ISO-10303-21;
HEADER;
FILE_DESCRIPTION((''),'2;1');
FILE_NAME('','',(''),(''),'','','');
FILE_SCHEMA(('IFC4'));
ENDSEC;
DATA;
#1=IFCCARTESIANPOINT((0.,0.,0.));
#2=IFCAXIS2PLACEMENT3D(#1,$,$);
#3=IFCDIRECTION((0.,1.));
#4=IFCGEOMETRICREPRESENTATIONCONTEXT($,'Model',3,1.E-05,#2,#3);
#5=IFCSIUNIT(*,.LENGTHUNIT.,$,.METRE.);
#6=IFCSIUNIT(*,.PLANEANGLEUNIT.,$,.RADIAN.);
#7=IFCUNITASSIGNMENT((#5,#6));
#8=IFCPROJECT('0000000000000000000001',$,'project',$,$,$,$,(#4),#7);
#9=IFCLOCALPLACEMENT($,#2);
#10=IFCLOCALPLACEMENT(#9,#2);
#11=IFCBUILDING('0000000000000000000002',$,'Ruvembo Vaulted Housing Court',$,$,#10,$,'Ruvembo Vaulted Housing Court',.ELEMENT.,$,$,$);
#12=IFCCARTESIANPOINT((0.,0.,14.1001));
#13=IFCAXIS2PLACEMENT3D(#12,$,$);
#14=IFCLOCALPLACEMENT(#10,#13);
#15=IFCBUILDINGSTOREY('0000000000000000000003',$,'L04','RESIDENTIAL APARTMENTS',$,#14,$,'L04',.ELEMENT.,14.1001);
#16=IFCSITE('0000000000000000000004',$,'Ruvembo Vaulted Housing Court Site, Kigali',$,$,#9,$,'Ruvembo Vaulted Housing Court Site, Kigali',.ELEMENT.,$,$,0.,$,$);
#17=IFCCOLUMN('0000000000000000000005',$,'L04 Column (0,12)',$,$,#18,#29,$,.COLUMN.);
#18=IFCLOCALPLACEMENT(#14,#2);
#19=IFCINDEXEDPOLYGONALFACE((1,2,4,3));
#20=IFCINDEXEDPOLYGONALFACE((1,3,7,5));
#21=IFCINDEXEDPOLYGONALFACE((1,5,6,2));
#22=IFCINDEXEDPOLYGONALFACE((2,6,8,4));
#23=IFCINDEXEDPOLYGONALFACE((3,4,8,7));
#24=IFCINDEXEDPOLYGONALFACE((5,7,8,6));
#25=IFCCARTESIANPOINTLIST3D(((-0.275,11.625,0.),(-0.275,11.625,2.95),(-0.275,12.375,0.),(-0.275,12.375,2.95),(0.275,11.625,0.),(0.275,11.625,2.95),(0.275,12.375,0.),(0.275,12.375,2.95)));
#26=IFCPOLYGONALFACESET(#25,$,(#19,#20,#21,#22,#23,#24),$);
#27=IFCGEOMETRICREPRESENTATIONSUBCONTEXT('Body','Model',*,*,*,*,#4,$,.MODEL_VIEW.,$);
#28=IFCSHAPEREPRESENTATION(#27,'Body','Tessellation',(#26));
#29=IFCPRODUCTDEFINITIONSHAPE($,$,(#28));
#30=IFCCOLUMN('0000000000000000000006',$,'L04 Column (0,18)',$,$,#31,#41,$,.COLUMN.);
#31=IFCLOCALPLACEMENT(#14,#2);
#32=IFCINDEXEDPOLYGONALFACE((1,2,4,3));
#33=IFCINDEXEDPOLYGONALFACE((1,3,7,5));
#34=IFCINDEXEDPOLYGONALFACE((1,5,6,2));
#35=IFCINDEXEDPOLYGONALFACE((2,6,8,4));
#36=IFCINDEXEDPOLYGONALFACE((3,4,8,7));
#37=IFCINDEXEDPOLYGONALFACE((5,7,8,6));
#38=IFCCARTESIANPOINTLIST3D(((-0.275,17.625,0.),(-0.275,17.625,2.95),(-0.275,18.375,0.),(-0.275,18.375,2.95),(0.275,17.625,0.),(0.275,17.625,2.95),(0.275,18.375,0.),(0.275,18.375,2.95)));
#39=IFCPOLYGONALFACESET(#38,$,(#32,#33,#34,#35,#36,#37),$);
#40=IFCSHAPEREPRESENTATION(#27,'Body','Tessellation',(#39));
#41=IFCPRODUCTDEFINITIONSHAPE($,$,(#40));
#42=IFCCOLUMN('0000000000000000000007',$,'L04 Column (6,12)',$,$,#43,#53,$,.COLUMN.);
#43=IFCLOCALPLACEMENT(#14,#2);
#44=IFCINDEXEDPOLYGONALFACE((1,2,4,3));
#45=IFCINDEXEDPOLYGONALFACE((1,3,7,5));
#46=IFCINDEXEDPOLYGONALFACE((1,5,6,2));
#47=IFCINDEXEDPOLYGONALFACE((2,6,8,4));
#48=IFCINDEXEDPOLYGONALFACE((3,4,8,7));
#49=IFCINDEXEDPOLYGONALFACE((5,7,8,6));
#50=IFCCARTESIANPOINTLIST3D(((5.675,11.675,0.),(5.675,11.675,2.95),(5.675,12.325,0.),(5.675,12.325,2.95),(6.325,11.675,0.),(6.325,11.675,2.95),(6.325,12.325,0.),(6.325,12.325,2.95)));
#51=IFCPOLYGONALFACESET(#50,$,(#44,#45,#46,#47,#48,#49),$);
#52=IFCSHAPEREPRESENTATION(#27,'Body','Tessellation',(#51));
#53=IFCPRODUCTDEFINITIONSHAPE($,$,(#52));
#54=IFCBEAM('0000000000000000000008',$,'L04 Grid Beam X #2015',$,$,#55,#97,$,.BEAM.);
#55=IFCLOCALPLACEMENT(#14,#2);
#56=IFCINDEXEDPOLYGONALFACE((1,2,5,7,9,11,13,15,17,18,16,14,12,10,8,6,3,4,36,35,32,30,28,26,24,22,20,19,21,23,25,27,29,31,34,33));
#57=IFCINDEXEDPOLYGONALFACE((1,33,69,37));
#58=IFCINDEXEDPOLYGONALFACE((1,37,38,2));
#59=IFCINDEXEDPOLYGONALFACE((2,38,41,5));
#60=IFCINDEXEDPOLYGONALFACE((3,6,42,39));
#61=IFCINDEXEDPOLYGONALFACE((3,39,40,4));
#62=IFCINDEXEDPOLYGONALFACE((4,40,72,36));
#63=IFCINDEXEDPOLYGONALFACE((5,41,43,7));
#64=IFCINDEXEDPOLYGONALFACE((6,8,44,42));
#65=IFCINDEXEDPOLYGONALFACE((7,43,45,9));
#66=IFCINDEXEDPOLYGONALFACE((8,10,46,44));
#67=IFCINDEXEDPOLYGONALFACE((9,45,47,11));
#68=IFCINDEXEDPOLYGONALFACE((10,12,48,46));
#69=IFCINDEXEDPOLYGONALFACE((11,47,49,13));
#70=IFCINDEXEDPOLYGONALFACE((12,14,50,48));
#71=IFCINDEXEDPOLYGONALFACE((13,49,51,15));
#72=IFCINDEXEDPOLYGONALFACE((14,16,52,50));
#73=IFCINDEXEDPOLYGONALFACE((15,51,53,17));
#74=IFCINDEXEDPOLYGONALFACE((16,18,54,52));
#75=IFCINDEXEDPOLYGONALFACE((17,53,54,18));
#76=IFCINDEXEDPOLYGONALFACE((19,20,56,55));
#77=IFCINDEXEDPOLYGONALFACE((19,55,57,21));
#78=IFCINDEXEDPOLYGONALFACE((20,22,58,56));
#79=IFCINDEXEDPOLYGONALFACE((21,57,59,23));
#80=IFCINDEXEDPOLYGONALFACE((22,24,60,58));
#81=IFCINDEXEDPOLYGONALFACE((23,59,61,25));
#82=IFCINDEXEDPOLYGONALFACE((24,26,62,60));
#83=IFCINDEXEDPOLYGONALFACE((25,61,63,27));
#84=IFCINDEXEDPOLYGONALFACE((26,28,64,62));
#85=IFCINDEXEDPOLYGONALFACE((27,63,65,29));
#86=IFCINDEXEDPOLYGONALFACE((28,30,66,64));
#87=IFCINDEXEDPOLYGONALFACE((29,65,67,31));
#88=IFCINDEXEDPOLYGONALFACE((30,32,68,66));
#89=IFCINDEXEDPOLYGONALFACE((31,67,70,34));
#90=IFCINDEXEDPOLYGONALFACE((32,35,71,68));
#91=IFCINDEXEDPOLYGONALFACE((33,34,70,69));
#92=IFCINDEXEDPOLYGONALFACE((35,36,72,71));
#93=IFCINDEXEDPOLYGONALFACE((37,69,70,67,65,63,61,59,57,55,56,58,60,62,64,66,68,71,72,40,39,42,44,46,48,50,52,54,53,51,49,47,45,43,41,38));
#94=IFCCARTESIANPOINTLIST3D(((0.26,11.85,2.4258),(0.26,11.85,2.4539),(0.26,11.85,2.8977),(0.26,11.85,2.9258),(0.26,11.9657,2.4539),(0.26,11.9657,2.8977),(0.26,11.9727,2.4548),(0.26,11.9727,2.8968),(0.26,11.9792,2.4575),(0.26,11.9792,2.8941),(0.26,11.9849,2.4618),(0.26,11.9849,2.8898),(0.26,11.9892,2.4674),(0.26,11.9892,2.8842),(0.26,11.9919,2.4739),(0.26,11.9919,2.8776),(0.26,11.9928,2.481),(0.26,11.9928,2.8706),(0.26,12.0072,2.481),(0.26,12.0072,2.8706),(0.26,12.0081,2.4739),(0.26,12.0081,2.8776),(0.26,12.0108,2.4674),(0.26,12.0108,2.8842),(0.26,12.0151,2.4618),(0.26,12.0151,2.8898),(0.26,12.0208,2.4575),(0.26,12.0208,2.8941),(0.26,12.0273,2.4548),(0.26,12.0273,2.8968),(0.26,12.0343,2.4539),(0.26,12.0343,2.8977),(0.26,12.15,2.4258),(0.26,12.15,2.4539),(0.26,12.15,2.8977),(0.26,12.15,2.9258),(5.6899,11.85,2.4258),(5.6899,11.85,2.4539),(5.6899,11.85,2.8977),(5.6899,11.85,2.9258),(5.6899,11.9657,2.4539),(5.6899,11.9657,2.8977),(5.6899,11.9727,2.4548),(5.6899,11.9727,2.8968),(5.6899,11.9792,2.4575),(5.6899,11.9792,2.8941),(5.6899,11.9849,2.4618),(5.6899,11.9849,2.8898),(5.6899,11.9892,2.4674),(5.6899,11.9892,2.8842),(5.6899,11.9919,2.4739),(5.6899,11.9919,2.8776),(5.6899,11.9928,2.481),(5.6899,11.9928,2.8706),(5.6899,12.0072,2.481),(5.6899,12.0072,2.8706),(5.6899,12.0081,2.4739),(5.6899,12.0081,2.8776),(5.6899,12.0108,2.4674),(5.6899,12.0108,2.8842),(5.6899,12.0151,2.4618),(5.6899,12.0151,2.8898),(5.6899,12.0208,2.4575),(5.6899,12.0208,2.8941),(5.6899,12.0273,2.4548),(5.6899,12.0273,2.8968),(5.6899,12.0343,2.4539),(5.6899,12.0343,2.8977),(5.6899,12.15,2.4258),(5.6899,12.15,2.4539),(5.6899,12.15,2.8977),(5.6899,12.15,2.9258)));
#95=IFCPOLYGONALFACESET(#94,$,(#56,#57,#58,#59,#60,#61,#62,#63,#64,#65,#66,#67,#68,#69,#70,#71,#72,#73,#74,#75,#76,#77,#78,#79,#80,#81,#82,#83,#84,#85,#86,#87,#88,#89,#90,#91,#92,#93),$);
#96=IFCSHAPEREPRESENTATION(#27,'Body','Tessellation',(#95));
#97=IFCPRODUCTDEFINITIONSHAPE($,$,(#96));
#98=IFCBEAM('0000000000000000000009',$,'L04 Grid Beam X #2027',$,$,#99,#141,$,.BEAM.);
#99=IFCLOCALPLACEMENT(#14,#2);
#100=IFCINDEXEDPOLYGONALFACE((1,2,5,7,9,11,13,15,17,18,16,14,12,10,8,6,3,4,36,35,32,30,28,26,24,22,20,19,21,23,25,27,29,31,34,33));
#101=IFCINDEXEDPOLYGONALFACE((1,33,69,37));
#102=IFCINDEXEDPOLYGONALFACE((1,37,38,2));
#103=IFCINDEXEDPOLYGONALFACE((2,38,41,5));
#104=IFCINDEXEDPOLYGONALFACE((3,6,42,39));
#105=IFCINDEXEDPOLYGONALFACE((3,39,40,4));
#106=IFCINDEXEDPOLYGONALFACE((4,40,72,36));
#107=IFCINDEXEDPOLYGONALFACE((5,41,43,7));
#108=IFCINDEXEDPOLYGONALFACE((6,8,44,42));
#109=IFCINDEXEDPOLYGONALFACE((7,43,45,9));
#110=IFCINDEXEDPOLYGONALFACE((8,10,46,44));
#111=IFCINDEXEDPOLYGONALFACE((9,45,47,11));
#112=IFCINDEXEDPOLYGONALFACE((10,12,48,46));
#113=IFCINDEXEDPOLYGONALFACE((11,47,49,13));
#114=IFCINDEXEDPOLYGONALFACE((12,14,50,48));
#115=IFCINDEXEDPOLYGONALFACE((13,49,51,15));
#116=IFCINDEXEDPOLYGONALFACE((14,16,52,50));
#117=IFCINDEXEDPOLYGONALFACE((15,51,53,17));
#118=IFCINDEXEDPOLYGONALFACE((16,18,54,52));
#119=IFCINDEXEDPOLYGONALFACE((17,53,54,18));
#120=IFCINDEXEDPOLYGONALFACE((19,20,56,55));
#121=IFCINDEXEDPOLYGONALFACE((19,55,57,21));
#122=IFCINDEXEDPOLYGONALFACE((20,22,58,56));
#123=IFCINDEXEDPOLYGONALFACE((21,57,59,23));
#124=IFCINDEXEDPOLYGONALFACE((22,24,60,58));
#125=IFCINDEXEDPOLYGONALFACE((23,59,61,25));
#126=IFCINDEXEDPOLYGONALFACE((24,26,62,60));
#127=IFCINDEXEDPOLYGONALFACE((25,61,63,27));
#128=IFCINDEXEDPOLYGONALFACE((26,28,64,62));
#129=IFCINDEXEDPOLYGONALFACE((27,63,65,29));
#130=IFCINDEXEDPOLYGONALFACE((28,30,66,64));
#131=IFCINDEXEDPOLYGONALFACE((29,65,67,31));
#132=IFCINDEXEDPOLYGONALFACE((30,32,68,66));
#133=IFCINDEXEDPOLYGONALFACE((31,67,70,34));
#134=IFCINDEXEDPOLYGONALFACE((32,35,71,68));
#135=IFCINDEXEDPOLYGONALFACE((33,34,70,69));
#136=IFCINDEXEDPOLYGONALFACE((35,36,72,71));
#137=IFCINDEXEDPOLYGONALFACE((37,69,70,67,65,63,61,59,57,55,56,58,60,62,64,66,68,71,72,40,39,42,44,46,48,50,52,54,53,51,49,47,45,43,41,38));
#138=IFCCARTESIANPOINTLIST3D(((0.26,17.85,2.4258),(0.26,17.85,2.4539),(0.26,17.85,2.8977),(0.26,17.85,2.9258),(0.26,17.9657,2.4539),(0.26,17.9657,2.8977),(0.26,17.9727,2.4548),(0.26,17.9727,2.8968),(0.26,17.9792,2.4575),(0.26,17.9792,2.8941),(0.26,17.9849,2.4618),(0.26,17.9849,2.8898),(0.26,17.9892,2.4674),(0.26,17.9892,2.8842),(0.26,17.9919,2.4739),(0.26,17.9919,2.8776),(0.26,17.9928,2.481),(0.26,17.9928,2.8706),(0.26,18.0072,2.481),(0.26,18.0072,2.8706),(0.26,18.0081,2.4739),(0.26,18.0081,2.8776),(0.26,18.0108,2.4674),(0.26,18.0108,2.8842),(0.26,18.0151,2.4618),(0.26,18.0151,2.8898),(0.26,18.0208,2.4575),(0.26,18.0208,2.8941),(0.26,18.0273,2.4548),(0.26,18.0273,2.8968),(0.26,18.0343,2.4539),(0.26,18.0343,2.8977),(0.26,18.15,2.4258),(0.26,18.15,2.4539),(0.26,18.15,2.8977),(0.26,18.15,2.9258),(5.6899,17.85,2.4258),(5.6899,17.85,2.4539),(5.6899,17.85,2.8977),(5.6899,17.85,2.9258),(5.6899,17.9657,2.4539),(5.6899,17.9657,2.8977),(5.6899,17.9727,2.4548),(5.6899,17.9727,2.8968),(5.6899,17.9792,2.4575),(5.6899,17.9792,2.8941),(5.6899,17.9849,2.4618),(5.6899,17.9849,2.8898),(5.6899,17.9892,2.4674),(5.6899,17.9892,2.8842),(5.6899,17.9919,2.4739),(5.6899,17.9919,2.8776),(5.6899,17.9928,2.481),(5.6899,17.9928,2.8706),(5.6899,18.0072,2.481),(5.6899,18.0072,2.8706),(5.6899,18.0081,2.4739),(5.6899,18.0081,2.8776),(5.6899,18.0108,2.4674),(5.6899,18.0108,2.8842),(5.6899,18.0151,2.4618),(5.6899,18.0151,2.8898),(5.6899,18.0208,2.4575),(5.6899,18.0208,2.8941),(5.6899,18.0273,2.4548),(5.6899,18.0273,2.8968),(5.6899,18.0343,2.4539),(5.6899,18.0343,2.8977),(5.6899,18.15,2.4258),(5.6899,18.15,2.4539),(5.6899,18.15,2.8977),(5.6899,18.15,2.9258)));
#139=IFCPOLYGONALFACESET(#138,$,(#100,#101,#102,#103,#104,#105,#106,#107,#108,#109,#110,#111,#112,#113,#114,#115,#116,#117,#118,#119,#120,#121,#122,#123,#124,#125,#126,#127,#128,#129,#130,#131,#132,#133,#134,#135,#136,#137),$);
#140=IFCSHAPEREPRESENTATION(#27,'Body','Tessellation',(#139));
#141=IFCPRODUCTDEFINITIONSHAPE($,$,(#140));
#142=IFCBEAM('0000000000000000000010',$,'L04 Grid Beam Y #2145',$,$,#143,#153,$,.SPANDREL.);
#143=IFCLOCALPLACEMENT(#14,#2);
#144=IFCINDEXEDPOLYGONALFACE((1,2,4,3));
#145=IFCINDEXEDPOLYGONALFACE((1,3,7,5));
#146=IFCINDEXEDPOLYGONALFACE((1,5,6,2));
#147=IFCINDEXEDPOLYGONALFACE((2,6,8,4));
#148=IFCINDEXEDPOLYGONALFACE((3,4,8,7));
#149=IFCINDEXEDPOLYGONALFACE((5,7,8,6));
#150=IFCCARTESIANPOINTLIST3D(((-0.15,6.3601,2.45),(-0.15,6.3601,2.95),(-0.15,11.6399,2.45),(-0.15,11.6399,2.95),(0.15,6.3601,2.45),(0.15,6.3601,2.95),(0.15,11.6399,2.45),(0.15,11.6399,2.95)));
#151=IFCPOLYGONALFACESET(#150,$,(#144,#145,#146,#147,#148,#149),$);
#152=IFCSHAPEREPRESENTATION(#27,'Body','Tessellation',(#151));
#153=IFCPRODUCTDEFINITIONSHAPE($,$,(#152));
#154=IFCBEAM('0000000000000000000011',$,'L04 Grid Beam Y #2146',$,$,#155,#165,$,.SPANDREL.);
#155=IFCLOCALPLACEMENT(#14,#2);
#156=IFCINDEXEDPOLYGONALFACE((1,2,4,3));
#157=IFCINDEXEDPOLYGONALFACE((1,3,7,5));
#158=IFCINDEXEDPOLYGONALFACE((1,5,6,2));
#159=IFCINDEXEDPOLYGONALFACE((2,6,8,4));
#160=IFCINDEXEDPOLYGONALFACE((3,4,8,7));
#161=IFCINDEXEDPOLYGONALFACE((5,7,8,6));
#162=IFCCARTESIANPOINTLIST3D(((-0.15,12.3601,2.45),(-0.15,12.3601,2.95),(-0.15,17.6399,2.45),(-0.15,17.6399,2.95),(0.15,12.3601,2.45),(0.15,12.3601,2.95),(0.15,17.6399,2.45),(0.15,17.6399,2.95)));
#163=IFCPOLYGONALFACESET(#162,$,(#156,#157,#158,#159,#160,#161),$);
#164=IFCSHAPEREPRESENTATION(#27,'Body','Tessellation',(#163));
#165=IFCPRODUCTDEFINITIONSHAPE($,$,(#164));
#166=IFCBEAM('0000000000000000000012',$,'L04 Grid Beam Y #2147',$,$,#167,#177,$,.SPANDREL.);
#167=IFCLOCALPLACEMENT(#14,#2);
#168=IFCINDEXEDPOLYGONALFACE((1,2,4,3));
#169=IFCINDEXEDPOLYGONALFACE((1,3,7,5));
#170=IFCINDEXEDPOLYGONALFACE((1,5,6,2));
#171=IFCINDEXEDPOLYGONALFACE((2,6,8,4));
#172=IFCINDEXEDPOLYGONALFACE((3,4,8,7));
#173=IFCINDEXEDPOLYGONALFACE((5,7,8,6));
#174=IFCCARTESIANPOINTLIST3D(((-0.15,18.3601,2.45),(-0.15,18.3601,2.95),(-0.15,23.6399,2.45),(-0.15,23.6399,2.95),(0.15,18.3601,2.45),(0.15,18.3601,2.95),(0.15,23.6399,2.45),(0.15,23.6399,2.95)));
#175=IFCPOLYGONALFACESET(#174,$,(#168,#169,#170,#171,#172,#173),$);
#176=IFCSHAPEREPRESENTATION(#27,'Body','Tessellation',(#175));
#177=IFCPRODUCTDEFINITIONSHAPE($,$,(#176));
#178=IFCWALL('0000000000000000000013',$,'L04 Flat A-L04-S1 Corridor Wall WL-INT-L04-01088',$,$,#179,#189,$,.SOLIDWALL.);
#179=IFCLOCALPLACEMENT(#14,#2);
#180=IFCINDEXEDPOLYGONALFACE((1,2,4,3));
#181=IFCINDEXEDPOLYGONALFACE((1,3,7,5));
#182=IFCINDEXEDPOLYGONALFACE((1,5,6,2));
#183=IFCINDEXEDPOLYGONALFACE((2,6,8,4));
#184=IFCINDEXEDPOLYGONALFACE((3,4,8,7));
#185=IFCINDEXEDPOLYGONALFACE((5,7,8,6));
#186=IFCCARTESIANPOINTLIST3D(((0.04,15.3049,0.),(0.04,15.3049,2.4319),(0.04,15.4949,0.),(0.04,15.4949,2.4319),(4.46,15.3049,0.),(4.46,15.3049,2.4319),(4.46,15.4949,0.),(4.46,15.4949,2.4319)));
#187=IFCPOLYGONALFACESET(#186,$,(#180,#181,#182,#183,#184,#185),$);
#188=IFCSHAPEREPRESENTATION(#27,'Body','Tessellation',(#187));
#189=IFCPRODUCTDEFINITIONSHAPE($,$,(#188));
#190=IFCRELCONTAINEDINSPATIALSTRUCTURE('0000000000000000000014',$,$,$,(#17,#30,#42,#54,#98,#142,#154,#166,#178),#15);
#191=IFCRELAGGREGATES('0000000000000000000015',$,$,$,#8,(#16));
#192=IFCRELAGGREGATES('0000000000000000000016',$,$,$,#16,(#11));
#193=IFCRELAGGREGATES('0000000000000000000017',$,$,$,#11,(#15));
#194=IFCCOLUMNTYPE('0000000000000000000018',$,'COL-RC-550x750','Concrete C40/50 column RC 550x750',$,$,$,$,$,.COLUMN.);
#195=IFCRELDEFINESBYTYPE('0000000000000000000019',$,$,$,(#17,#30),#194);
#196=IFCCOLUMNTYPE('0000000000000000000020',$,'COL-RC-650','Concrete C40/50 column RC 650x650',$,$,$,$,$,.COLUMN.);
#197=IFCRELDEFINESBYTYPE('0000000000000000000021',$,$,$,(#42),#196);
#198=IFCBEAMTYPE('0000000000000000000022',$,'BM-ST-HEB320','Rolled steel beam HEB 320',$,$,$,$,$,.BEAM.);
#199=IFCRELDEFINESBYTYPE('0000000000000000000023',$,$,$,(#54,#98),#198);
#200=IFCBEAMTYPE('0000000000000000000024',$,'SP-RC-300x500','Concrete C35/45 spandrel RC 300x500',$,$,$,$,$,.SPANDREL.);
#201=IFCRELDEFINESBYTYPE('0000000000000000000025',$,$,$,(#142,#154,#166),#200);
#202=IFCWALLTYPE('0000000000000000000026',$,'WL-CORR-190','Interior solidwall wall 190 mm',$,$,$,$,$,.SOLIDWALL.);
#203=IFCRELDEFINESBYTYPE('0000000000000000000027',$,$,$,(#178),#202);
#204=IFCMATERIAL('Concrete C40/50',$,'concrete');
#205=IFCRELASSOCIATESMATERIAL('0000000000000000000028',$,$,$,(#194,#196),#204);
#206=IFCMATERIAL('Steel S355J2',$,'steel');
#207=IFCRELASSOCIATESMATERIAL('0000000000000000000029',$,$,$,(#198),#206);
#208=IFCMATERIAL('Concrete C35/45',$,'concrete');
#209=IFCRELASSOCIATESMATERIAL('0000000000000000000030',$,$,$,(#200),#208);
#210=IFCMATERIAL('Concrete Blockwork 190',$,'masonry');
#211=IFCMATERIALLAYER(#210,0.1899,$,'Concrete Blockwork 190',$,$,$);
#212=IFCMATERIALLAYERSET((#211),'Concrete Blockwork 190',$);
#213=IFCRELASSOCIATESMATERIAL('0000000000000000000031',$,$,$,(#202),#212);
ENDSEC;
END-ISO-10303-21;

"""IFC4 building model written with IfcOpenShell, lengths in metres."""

from ifc_helpers import new_model, si_unit, direction, frame, frame_2d, origin, origin_2d, place, context, subcontext, project, spatial, rectangle, i_section, extrude, material, layer, layer_set, material_profile, profile_set, type_object, element, save


model = new_model("IFC4")

# Units and contexts
model_context = context("Model", 3, precision=1e-05, world=origin(), true_north=direction((0.0, 1.0)))
body_context = subcontext(model_context, "Body", "Model", "MODEL_VIEW")
ifc_project = project(units=[si_unit("LENGTHUNIT", "METRE"), si_unit("PLANEANGLEUNIT", "RADIAN")], contexts=[model_context])

# Site, building, storey
site_placement = place(None, origin())
site = spatial("IfcSite", under=ifc_project, at=site_placement, Name="Ruvembo Vaulted Housing Court Site, Kigali", LongName="Ruvembo Vaulted Housing Court Site, Kigali", CompositionType="ELEMENT", RefElevation=0.0)
building_placement = place(site_placement, origin())
building = spatial("IfcBuilding", under=site, at=building_placement, Name="Ruvembo Vaulted Housing Court", LongName="Ruvembo Vaulted Housing Court", CompositionType="ELEMENT")
storey_placement = place(building_placement, frame((0.0, 0.0, 14.1001)))
storey = spatial("IfcBuildingStorey", under=building, at=storey_placement, Name="L04", Description="RESIDENTIAL APARTMENTS", LongName="L04", CompositionType="ELEMENT", Elevation=14.1001)

# Columns
ifc_material_1 = material(Name="Concrete C40/50", Category="concrete")
ifc_material_profile_1 = material_profile(ifc_material_1, rectangle(XDim=0.55, YDim=0.75, at=origin_2d()), Name="RC 550x750")
ifc_profile_set_1 = profile_set([ifc_material_profile_1], Name="Concrete C40/50")
column_type_1 = type_object("IfcColumnType", Name="COL-RC-550x750", Description="Concrete C40/50 column RC 550x750", PredefinedType="COLUMN", material=ifc_profile_set_1)
for number, where, z_axis, x_axis, name in (
    (1, (0.0, 12.0, 0.0), (0.0, 0.0, 1.0), (1.0, 0.0, 0.0), "L04 Column (0,12)"),
    (2, (0.0, 18.0, 0.0), (0.0, 0.0, 1.0), (1.0, 0.0, 0.0), "L04 Column (0,18)"),
):
    element("IfcColumn", number, at=place(storey_placement, frame(where, z_axis=z_axis, x_axis=x_axis)), inside=storey, type_object=column_type_1, Name=name, PredefinedType="COLUMN", context=body_context, shape_type="SweptSolid", body=[
        extrude(rectangle(XDim=0.55, YDim=0.75, at=origin_2d()), origin(), (0.0, 0.0, 1.0), 2.95),
    ])
ifc_material_profile_2 = material_profile(ifc_material_1, rectangle(XDim=0.6499, YDim=0.6499, at=origin_2d()), Name="RC 650x650")
ifc_profile_set_2 = profile_set([ifc_material_profile_2], Name="Concrete C40/50")
column_type_2 = type_object("IfcColumnType", Name="COL-RC-650", Description="Concrete C40/50 column RC 650x650", PredefinedType="COLUMN", material=ifc_profile_set_2)
column_placement = place(storey_placement, frame((6.0, 12.0, 0.0), z_axis=(0.0, 0.0, 1.0), x_axis=(1.0, 0.0, 0.0)))
element("IfcColumn", 3, at=column_placement, inside=storey, type_object=column_type_2, Name="L04 Column (6,12)", PredefinedType="COLUMN", context=body_context, shape_type="SweptSolid", body=[
    extrude(rectangle(XDim=0.6499, YDim=0.6499, at=origin_2d()), origin(), (0.0, 0.0, 1.0), 2.95),
])

# Beams
ifc_material_2 = material(Name="Steel S355J2", Category="steel")
ifc_material_profile_3 = material_profile(ifc_material_2, i_section(OverallWidth=0.3, OverallDepth=0.5, WebThickness=0.0144, FlangeThickness=0.0281, FilletRadius=0.0271, at=origin_2d()), Name="HEB 320")
ifc_profile_set_3 = profile_set([ifc_material_profile_3], Name="Steel S355J2")
beam_type_1 = type_object("IfcBeamType", Name="BM-ST-HEB320", Description="Rolled steel beam HEB 320", PredefinedType="BEAM", material=ifc_profile_set_3)
for number, where, z_axis, x_axis, name in (
    (4, (0.26, 12.0, 2.6758), (1.0, 0.0, 0.0), (0.0, 1.0, 0.0), "L04 Grid Beam X #2015"),
    (5, (0.26, 18.0, 2.6758), (1.0, 0.0, 0.0), (0.0, 1.0, 0.0), "L04 Grid Beam X #2027"),
):
    element("IfcBeam", number, at=place(storey_placement, frame(where, z_axis=z_axis, x_axis=x_axis)), inside=storey, type_object=beam_type_1, Name=name, PredefinedType="BEAM", context=body_context, shape_type="SweptSolid", body=[
        extrude(i_section(OverallWidth=0.3, OverallDepth=0.5, WebThickness=0.0144, FlangeThickness=0.0281, FilletRadius=0.0271, at=origin_2d()), origin(), (0.0, 0.0, 1.0), 5.4299),
    ])
ifc_material_3 = material(Name="Concrete C35/45", Category="concrete")
ifc_material_profile_4 = material_profile(ifc_material_3, rectangle(XDim=0.3, YDim=0.5, at=origin_2d()), Name="RC 300x500")
ifc_profile_set_4 = profile_set([ifc_material_profile_4], Name="Concrete C35/45")
beam_type_2 = type_object("IfcBeamType", Name="SP-RC-300x500", Description="Concrete C35/45 spandrel RC 300x500", PredefinedType="SPANDREL", material=ifc_profile_set_4)
for number, where, z_axis, x_axis, name in (
    (6, (0.0, 6.3601, 2.7), (0.0, 1.0, 0.0), (-1.0, 0.0, 0.0), "L04 Grid Beam Y #2145"),
    (7, (0.0, 12.3601, 2.7), (0.0, 1.0, 0.0), (-1.0, 0.0, 0.0), "L04 Grid Beam Y #2146"),
    (8, (0.0, 18.3601, 2.7), (0.0, 1.0, 0.0), (-1.0, 0.0, 0.0), "L04 Grid Beam Y #2147"),
):
    element("IfcBeam", number, at=place(storey_placement, frame(where, z_axis=z_axis, x_axis=x_axis)), inside=storey, type_object=beam_type_2, Name=name, PredefinedType="SPANDREL", context=body_context, shape_type="SweptSolid", body=[
        extrude(rectangle(XDim=0.3, YDim=0.5, at=origin_2d()), origin(), (0.0, 0.0, 1.0), 5.2798),
    ])

# Wall
ifc_material_4 = material(Name="Concrete Blockwork 190", Category="masonry")
ifc_layer_1 = layer(ifc_material_4, 0.1899, Name="Concrete Blockwork 190")
ifc_layer_set_1 = layer_set([ifc_layer_1], Name="Concrete Blockwork 190")
wall_type_1 = type_object("IfcWallType", Name="WL-CORR-190", Description="Interior solidwall wall 190 mm", PredefinedType="SOLIDWALL", material=ifc_layer_set_1)
wall_1_placement = place(storey_placement, frame((0.04, 15.3999, 0.0), z_axis=(0.0, 0.0, 1.0), x_axis=(1.0, 0.0, 0.0)))
element("IfcWall", 9, at=wall_1_placement, inside=storey, type_object=wall_type_1, Name="L04 Flat A-L04-S1 Corridor Wall WL-INT-L04-01088", PredefinedType="SOLIDWALL", context=body_context, shape_type="SweptSolid", body=[
    extrude(rectangle(XDim=4.4199, YDim=0.1899, at=frame_2d((2.21, 0.0))), origin(), (0.0, 0.0, 1.0), 2.4319),
])

save(model, "model.ifc")
